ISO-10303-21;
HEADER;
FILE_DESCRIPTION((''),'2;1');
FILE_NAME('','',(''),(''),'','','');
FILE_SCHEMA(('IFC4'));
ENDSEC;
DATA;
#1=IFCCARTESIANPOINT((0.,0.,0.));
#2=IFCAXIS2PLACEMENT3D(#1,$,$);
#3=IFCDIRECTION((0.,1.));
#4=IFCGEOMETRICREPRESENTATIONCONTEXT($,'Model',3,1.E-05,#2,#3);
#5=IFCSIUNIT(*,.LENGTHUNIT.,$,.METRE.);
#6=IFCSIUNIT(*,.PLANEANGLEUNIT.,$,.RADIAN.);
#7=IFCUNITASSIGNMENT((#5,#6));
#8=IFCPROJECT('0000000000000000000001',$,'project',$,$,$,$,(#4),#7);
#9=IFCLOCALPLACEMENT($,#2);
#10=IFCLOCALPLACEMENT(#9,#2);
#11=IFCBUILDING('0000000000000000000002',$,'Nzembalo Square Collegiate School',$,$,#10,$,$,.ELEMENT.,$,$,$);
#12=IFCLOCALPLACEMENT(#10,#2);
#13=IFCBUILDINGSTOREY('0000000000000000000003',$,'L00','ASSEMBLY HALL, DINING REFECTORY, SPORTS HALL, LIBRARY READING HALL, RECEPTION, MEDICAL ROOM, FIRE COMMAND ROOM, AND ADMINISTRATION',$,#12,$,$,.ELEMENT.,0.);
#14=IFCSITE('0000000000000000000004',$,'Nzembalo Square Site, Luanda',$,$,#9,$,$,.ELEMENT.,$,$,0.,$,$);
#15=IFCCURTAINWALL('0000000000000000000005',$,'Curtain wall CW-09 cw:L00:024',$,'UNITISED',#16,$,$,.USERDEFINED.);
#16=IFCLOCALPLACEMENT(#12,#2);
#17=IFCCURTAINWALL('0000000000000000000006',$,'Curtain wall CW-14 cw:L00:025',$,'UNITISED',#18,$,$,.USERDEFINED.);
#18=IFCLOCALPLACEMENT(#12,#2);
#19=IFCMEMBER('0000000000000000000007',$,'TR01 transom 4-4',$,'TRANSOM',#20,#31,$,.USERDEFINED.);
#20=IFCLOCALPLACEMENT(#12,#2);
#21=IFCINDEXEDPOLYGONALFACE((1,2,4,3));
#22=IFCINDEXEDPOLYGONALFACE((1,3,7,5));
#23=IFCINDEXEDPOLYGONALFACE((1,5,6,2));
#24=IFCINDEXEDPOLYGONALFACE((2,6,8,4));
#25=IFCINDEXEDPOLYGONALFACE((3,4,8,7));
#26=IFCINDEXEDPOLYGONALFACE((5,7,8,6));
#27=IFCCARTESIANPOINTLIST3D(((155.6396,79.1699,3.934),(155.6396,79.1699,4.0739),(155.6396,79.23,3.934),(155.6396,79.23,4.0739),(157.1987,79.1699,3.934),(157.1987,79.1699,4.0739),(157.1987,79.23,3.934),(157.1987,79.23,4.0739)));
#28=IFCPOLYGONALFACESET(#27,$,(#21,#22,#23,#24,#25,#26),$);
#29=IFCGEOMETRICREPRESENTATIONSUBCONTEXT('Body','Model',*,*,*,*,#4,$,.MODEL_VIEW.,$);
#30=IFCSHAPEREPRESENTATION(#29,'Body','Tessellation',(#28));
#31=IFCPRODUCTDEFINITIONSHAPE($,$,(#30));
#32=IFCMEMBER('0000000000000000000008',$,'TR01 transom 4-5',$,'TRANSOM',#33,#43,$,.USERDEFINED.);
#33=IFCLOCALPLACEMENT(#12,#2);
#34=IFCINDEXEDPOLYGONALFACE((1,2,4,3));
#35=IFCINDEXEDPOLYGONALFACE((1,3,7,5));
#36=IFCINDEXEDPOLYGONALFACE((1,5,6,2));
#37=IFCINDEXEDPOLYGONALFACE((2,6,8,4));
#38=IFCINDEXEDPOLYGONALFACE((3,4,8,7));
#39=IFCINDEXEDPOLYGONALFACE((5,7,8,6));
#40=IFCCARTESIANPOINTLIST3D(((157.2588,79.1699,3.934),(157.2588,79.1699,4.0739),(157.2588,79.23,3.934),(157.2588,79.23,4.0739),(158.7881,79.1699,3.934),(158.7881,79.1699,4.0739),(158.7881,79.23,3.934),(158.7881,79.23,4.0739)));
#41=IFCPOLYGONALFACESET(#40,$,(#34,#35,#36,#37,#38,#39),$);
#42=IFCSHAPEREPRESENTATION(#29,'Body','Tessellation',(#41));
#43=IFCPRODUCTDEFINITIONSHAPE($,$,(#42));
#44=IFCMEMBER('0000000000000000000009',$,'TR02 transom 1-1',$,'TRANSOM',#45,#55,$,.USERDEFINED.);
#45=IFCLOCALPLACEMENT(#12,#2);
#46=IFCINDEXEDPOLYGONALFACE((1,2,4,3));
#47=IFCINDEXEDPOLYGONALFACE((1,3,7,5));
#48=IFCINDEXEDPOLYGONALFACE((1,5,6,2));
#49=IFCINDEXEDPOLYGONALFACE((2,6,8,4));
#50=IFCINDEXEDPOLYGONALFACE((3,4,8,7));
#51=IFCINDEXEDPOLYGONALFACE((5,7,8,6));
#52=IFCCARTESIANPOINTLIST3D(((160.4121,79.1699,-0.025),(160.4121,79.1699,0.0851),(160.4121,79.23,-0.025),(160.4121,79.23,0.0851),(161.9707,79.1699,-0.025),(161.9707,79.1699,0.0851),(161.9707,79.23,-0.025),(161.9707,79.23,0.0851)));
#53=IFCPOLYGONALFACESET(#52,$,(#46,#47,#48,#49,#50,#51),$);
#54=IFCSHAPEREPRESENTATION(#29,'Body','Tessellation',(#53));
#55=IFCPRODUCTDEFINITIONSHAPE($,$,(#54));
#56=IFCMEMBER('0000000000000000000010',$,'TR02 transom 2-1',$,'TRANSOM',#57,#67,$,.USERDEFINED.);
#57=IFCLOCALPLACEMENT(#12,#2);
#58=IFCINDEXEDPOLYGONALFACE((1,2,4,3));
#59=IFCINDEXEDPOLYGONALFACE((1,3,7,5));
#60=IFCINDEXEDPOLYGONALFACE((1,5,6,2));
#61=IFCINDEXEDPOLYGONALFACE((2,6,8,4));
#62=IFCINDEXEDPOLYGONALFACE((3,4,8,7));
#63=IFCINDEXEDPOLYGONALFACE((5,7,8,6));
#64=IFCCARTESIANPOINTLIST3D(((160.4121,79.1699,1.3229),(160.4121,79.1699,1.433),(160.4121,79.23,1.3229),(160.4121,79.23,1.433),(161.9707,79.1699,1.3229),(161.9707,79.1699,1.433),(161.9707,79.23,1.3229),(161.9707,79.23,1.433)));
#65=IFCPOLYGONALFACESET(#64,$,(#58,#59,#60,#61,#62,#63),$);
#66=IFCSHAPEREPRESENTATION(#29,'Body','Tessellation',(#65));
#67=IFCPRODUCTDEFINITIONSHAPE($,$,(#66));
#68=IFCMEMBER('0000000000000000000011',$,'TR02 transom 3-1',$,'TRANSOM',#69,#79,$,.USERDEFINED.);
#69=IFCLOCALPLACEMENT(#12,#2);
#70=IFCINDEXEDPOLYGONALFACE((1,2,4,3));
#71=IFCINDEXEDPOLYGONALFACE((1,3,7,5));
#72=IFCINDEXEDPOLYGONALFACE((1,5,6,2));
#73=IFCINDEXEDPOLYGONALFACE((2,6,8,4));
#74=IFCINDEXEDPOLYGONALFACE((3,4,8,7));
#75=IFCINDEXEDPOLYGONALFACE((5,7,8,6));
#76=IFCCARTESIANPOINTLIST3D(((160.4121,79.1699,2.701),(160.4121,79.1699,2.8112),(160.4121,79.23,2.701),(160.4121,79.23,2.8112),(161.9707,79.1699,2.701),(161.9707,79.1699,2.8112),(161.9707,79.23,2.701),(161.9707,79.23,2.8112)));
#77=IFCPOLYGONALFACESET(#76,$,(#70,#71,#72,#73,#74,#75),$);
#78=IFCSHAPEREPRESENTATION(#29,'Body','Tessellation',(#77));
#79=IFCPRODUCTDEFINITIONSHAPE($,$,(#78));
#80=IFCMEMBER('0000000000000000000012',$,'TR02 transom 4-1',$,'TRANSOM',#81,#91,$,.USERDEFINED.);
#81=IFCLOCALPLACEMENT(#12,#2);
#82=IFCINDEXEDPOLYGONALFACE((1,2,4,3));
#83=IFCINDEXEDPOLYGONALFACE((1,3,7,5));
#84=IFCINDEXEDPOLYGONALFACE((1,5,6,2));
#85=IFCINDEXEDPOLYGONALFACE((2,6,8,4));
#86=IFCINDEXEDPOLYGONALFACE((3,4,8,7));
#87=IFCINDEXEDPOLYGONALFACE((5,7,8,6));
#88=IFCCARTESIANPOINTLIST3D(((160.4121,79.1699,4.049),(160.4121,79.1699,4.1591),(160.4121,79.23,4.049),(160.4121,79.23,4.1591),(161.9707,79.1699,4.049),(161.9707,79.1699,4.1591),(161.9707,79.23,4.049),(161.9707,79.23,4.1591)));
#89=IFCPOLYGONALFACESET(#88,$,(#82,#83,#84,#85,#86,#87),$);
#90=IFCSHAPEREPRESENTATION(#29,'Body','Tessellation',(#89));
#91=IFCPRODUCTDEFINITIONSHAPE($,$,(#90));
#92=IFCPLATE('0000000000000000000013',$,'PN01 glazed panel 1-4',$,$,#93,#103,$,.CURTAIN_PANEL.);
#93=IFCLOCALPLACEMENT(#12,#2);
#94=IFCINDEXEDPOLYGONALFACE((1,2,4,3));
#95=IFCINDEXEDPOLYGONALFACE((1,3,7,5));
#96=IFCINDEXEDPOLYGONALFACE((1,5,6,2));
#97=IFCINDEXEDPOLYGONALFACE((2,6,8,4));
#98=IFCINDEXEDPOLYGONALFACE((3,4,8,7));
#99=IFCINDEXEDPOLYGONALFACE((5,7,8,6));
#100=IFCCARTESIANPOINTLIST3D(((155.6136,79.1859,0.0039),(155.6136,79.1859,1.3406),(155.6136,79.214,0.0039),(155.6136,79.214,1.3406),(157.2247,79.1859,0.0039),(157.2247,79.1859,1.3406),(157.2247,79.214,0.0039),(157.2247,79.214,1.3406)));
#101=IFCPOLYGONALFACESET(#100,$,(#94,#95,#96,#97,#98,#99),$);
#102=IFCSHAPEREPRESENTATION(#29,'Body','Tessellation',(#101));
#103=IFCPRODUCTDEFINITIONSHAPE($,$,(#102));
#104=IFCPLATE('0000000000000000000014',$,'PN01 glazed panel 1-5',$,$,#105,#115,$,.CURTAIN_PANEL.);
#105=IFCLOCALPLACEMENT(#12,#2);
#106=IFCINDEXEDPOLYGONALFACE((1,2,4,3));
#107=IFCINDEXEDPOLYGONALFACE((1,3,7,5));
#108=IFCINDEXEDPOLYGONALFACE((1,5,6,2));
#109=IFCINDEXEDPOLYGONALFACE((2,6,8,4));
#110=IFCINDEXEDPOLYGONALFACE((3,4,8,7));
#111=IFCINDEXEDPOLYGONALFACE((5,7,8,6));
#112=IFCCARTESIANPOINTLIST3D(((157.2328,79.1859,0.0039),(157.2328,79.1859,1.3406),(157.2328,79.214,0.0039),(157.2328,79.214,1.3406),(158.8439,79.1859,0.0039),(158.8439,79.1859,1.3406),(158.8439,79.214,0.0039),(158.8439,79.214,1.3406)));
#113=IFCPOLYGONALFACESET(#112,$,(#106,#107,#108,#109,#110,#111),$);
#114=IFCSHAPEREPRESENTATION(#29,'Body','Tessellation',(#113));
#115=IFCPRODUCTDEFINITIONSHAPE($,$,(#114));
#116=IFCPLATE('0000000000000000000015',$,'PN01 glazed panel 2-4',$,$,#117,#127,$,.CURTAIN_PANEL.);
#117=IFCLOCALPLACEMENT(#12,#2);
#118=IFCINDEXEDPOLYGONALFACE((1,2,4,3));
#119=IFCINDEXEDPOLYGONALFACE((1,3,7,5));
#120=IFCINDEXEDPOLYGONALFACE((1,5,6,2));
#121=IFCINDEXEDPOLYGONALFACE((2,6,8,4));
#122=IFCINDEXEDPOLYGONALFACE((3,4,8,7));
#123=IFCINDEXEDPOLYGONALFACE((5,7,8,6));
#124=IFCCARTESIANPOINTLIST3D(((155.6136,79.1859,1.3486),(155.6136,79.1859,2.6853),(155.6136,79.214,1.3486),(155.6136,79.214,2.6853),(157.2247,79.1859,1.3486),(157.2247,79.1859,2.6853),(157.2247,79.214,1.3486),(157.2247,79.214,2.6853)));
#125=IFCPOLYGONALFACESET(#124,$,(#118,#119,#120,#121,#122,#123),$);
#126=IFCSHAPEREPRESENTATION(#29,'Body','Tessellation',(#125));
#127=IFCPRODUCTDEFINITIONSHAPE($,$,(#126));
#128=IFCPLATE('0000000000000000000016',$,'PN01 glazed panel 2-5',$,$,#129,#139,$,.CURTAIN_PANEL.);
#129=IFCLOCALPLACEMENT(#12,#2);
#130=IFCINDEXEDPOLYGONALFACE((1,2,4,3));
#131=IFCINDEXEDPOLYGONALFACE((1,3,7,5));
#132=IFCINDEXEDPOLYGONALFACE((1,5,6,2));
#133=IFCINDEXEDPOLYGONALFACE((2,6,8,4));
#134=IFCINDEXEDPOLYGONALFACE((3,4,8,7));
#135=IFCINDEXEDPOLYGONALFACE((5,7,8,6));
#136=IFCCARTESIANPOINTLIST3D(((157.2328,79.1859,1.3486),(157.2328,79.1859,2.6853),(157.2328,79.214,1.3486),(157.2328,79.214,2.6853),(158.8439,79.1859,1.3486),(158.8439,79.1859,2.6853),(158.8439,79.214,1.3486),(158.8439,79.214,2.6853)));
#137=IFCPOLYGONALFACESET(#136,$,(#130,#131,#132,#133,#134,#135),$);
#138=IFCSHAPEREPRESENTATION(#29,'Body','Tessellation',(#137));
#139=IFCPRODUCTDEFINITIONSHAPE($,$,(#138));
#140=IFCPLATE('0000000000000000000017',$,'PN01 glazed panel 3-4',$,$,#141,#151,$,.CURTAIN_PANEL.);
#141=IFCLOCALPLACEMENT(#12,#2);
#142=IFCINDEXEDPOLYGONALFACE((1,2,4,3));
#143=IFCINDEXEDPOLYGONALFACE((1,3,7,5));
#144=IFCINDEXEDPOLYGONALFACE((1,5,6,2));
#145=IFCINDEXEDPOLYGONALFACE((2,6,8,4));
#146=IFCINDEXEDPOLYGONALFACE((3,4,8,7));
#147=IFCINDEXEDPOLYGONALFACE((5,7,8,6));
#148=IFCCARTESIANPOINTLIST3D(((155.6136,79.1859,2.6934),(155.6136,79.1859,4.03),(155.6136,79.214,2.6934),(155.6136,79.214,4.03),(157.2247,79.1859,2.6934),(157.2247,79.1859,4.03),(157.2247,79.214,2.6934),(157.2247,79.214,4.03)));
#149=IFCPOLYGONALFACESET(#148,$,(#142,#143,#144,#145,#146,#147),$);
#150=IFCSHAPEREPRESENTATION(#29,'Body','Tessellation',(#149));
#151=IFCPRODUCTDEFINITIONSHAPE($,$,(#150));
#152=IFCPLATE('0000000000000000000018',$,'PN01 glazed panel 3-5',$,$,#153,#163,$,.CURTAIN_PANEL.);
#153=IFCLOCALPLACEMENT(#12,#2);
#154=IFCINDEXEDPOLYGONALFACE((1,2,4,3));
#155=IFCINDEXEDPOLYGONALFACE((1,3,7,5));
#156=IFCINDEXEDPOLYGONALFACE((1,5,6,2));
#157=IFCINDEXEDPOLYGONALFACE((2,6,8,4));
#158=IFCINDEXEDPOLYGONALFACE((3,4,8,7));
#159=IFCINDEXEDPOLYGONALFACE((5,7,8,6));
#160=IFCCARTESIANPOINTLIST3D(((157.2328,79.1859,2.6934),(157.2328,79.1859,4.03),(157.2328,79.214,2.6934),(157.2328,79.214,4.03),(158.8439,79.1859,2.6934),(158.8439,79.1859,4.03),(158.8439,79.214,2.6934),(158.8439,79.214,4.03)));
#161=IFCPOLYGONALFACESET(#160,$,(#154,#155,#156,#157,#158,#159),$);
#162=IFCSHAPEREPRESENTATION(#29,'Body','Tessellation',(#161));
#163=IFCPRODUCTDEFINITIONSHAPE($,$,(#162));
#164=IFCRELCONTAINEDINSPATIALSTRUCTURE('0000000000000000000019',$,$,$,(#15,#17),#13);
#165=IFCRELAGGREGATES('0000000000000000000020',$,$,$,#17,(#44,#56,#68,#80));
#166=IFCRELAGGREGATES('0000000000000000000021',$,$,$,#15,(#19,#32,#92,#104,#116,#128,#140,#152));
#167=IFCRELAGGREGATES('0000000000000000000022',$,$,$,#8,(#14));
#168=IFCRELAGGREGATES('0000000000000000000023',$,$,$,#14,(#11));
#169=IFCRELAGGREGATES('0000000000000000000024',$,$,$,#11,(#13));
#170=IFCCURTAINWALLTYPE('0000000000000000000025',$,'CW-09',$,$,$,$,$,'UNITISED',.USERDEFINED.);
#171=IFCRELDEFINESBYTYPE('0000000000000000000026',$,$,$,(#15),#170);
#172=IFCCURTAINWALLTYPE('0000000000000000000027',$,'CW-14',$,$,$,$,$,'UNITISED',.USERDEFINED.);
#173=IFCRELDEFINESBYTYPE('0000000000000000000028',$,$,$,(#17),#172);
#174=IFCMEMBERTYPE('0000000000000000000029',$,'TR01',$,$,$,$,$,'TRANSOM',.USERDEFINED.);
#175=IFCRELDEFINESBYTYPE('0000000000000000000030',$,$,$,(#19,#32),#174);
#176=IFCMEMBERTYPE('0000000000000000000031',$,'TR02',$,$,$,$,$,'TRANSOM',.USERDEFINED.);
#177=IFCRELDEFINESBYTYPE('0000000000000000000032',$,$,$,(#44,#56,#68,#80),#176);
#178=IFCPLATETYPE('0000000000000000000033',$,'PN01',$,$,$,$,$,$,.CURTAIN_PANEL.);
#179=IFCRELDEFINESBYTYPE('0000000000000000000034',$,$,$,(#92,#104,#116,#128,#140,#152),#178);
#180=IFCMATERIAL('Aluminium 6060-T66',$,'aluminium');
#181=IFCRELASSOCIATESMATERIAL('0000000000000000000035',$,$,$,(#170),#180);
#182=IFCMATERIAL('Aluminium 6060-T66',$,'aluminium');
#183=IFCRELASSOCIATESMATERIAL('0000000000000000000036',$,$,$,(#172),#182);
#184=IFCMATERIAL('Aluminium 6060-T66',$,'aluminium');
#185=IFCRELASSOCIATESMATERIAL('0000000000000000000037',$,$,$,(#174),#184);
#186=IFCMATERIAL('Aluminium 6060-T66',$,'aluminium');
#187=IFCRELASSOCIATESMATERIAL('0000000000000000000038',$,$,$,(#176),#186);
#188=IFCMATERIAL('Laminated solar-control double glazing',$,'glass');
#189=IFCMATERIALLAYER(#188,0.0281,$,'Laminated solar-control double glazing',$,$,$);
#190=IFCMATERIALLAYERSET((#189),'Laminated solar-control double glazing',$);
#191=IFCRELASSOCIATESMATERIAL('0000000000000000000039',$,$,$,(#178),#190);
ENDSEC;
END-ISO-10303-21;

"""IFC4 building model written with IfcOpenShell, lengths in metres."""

from ifc_helpers import new_model, si_unit, direction, frame, origin, origin_2d, place, context, subcontext, project, spatial, rectangle, extrude, material, layer, layer_set, material_profile, profile_set, type_object, element, aggregate, save


model = new_model("IFC4")

# Units and contexts
model_context = context("Model", 3, precision=1e-05, world=origin(), true_north=direction((0.0, 1.0)))
body_context = subcontext(model_context, "Body", "Model", "MODEL_VIEW")
ifc_project = project(units=[si_unit("LENGTHUNIT", "METRE"), si_unit("PLANEANGLEUNIT", "RADIAN")], contexts=[model_context])

# Site, building, storey
site_placement = place(None, origin())
site = spatial("IfcSite", under=ifc_project, at=site_placement, Name="Nzembalo Square Site, Luanda", CompositionType="ELEMENT", RefElevation=0.0)
building_placement = place(site_placement, origin())
building = spatial("IfcBuilding", under=site, at=building_placement, Name="Nzembalo Square Collegiate School", CompositionType="ELEMENT")
storey_placement = place(building_placement, origin())
storey = spatial("IfcBuildingStorey", under=building, at=storey_placement, Name="L00", Description="ASSEMBLY HALL, DINING REFECTORY, SPORTS HALL, LIBRARY READING HALL, RECEPTION, MEDICAL ROOM, FIRE COMMAND ROOM, AND ADMINISTRATION", CompositionType="ELEMENT", Elevation=0.0)

# Curtain wall
ifc_material_1 = material(Name="Aluminium 6060-T66", Category="aluminium")
curtain_wall_type_1 = type_object("IfcCurtainWallType", Name="CW-09", ElementType="UNITISED", PredefinedType="USERDEFINED", material=ifc_material_1)
curtain_wall_1_placement = place(storey_placement, origin())
curtain_wall_1 = element("IfcCurtainWall", 1, at=curtain_wall_1_placement, inside=storey, type_object=curtain_wall_type_1, Name="Curtain wall CW-09 cw:L00:024", ObjectType="UNITISED", PredefinedType="USERDEFINED")

# Curtain wall
ifc_material_2 = material(Name="Aluminium 6060-T66", Category="aluminium")
curtain_wall_type_2 = type_object("IfcCurtainWallType", Name="CW-14", ElementType="UNITISED", PredefinedType="USERDEFINED", material=ifc_material_2)
curtain_wall_2_placement = place(storey_placement, origin())
curtain_wall_2 = element("IfcCurtainWall", 2, at=curtain_wall_2_placement, inside=storey, type_object=curtain_wall_type_2, Name="Curtain wall CW-14 cw:L00:025", ObjectType="UNITISED", PredefinedType="USERDEFINED")

# Members
ifc_material_3 = material(Name="Aluminium 6060-T66", Category="aluminium")
ifc_material_profile_1 = material_profile(ifc_material_3, rectangle(XDim=0.0601, YDim=0.1399, at=origin_2d()), Name="ALU T60x140")
ifc_profile_set_1 = profile_set([ifc_material_profile_1], Name="Aluminium 6060-T66")
member_type_1 = type_object("IfcMemberType", Name="TR01", ElementType="TRANSOM", PredefinedType="USERDEFINED", material=ifc_profile_set_1)
member_1_placement = place(storey_placement, frame((155.6396, 79.2, 4.0039), z_axis=(1.0, 0.0, 0.0), x_axis=(0.0, 1.0, 0.0)))
member_1 = element("IfcMember", 3, at=member_1_placement, type_object=member_type_1, Name="TR01 transom 4-4", ObjectType="TRANSOM", PredefinedType="USERDEFINED", context=body_context, shape_type="SweptSolid", body=[
    extrude(rectangle(XDim=0.0601, YDim=0.1399, at=origin_2d()), origin(), (0.0, 0.0, 1.0), 1.5591),
])
member_2_placement = place(storey_placement, frame((157.2588, 79.2, 4.0039), z_axis=(1.0, 0.0, 0.0), x_axis=(0.0, 1.0, 0.0)))
member_2 = element("IfcMember", 4, at=member_2_placement, type_object=member_type_1, Name="TR01 transom 4-5", ObjectType="TRANSOM", PredefinedType="USERDEFINED", context=body_context, shape_type="SweptSolid", body=[
    extrude(rectangle(XDim=0.0601, YDim=0.1399, at=origin_2d()), origin(), (0.0, 0.0, 1.0), 1.5293),
])
ifc_material_4 = material(Name="Aluminium 6060-T66", Category="aluminium")
ifc_material_profile_2 = material_profile(ifc_material_4, rectangle(XDim=0.0601, YDim=0.1101, at=origin_2d()), Name="ALU T60x110")
ifc_profile_set_2 = profile_set([ifc_material_profile_2], Name="Aluminium 6060-T66")
member_type_2 = type_object("IfcMemberType", Name="TR02", ElementType="TRANSOM", PredefinedType="USERDEFINED", material=ifc_profile_set_2)
member_3_placement = place(storey_placement, frame((160.4121, 79.2, 0.03), z_axis=(1.0, 0.0, 0.0), x_axis=(0.0, 1.0, 0.0)))
member_3 = element("IfcMember", 5, at=member_3_placement, type_object=member_type_2, Name="TR02 transom 1-1", ObjectType="TRANSOM", PredefinedType="USERDEFINED", context=body_context, shape_type="SweptSolid", body=[
    extrude(rectangle(XDim=0.0601, YDim=0.1101, at=origin_2d()), origin(), (0.0, 0.0, 1.0), 1.5586),
])
member_4_placement = place(storey_placement, frame((160.4121, 79.2, 1.3779), z_axis=(1.0, 0.0, 0.0), x_axis=(0.0, 1.0, 0.0)))
member_4 = element("IfcMember", 6, at=member_4_placement, type_object=member_type_2, Name="TR02 transom 2-1", ObjectType="TRANSOM", PredefinedType="USERDEFINED", context=body_context, shape_type="SweptSolid", body=[
    extrude(rectangle(XDim=0.0601, YDim=0.1101, at=origin_2d()), origin(), (0.0, 0.0, 1.0), 1.5586),
])
member_5_placement = place(storey_placement, frame((160.4121, 79.2, 2.7561), z_axis=(1.0, 0.0, 0.0), x_axis=(0.0, 1.0, 0.0)))
member_5 = element("IfcMember", 7, at=member_5_placement, type_object=member_type_2, Name="TR02 transom 3-1", ObjectType="TRANSOM", PredefinedType="USERDEFINED", context=body_context, shape_type="SweptSolid", body=[
    extrude(rectangle(XDim=0.0601, YDim=0.1101, at=origin_2d()), origin(), (0.0, 0.0, 1.0), 1.5586),
])
member_6_placement = place(storey_placement, frame((160.4121, 79.2, 4.104), z_axis=(1.0, 0.0, 0.0), x_axis=(0.0, 1.0, 0.0)))
member_6 = element("IfcMember", 8, at=member_6_placement, type_object=member_type_2, Name="TR02 transom 4-1", ObjectType="TRANSOM", PredefinedType="USERDEFINED", context=body_context, shape_type="SweptSolid", body=[
    extrude(rectangle(XDim=0.0601, YDim=0.1101, at=origin_2d()), origin(), (0.0, 0.0, 1.0), 1.5586),
])
aggregate(curtain_wall_2, [member_3, member_4, member_5, member_6])

# Plates
ifc_material_5 = material(Name="Laminated solar-control double glazing", Category="glass")
ifc_layer = layer(ifc_material_5, 0.0281, Name="Laminated solar-control double glazing")
ifc_layer_set = layer_set([ifc_layer], Name="Laminated solar-control double glazing")
plate_type = type_object("IfcPlateType", Name="PN01", PredefinedType="CURTAIN_PANEL", material=ifc_layer_set)
plate_1_placement = place(storey_placement, frame((156.4192, 79.2, 0.0039), z_axis=(0.0, 0.0, 1.0), x_axis=(1.0, 0.0, 0.0)))
plate_1 = element("IfcPlate", 9, at=plate_1_placement, type_object=plate_type, Name="PN01 glazed panel 1-4", PredefinedType="CURTAIN_PANEL", context=body_context, shape_type="SweptSolid", body=[
    extrude(rectangle(XDim=1.6111, YDim=0.0281, at=origin_2d()), origin(), (0.0, 0.0, 1.0), 1.3367),
])
plate_2_placement = place(storey_placement, frame((158.0383, 79.2, 0.0039), z_axis=(0.0, 0.0, 1.0), x_axis=(1.0, 0.0, 0.0)))
plate_2 = element("IfcPlate", 10, at=plate_2_placement, type_object=plate_type, Name="PN01 glazed panel 1-5", PredefinedType="CURTAIN_PANEL", context=body_context, shape_type="SweptSolid", body=[
    extrude(rectangle(XDim=1.6111, YDim=0.0281, at=origin_2d()), origin(), (0.0, 0.0, 1.0), 1.3367),
])
plate_3_placement = place(storey_placement, frame((156.4192, 79.2, 1.3486), z_axis=(0.0, 0.0, 1.0), x_axis=(1.0, 0.0, 0.0)))
plate_3 = element("IfcPlate", 11, at=plate_3_placement, type_object=plate_type, Name="PN01 glazed panel 2-4", PredefinedType="CURTAIN_PANEL", context=body_context, shape_type="SweptSolid", body=[
    extrude(rectangle(XDim=1.6111, YDim=0.0281, at=origin_2d()), origin(), (0.0, 0.0, 1.0), 1.3367),
])
plate_4_placement = place(storey_placement, frame((158.0383, 79.2, 1.3486), z_axis=(0.0, 0.0, 1.0), x_axis=(1.0, 0.0, 0.0)))
plate_4 = element("IfcPlate", 12, at=plate_4_placement, type_object=plate_type, Name="PN01 glazed panel 2-5", PredefinedType="CURTAIN_PANEL", context=body_context, shape_type="SweptSolid", body=[
    extrude(rectangle(XDim=1.6111, YDim=0.0281, at=origin_2d()), origin(), (0.0, 0.0, 1.0), 1.3367),
])
plate_5_placement = place(storey_placement, frame((156.4192, 79.2, 2.6934), z_axis=(0.0, 0.0, 1.0), x_axis=(1.0, 0.0, 0.0)))
plate_5 = element("IfcPlate", 13, at=plate_5_placement, type_object=plate_type, Name="PN01 glazed panel 3-4", PredefinedType="CURTAIN_PANEL", context=body_context, shape_type="SweptSolid", body=[
    extrude(rectangle(XDim=1.6111, YDim=0.0281, at=origin_2d()), origin(), (0.0, 0.0, 1.0), 1.3367),
])
plate_6_placement = place(storey_placement, frame((158.0383, 79.2, 2.6934), z_axis=(0.0, 0.0, 1.0), x_axis=(1.0, 0.0, 0.0)))
plate_6 = element("IfcPlate", 14, at=plate_6_placement, type_object=plate_type, Name="PN01 glazed panel 3-5", PredefinedType="CURTAIN_PANEL", context=body_context, shape_type="SweptSolid", body=[
    extrude(rectangle(XDim=1.6111, YDim=0.0281, at=origin_2d()), origin(), (0.0, 0.0, 1.0), 1.3367),
])
aggregate(curtain_wall_1, [member_1, member_2, plate_1, plate_2, plate_3, plate_4, plate_5, plate_6])

save(model, "model.ifc")
